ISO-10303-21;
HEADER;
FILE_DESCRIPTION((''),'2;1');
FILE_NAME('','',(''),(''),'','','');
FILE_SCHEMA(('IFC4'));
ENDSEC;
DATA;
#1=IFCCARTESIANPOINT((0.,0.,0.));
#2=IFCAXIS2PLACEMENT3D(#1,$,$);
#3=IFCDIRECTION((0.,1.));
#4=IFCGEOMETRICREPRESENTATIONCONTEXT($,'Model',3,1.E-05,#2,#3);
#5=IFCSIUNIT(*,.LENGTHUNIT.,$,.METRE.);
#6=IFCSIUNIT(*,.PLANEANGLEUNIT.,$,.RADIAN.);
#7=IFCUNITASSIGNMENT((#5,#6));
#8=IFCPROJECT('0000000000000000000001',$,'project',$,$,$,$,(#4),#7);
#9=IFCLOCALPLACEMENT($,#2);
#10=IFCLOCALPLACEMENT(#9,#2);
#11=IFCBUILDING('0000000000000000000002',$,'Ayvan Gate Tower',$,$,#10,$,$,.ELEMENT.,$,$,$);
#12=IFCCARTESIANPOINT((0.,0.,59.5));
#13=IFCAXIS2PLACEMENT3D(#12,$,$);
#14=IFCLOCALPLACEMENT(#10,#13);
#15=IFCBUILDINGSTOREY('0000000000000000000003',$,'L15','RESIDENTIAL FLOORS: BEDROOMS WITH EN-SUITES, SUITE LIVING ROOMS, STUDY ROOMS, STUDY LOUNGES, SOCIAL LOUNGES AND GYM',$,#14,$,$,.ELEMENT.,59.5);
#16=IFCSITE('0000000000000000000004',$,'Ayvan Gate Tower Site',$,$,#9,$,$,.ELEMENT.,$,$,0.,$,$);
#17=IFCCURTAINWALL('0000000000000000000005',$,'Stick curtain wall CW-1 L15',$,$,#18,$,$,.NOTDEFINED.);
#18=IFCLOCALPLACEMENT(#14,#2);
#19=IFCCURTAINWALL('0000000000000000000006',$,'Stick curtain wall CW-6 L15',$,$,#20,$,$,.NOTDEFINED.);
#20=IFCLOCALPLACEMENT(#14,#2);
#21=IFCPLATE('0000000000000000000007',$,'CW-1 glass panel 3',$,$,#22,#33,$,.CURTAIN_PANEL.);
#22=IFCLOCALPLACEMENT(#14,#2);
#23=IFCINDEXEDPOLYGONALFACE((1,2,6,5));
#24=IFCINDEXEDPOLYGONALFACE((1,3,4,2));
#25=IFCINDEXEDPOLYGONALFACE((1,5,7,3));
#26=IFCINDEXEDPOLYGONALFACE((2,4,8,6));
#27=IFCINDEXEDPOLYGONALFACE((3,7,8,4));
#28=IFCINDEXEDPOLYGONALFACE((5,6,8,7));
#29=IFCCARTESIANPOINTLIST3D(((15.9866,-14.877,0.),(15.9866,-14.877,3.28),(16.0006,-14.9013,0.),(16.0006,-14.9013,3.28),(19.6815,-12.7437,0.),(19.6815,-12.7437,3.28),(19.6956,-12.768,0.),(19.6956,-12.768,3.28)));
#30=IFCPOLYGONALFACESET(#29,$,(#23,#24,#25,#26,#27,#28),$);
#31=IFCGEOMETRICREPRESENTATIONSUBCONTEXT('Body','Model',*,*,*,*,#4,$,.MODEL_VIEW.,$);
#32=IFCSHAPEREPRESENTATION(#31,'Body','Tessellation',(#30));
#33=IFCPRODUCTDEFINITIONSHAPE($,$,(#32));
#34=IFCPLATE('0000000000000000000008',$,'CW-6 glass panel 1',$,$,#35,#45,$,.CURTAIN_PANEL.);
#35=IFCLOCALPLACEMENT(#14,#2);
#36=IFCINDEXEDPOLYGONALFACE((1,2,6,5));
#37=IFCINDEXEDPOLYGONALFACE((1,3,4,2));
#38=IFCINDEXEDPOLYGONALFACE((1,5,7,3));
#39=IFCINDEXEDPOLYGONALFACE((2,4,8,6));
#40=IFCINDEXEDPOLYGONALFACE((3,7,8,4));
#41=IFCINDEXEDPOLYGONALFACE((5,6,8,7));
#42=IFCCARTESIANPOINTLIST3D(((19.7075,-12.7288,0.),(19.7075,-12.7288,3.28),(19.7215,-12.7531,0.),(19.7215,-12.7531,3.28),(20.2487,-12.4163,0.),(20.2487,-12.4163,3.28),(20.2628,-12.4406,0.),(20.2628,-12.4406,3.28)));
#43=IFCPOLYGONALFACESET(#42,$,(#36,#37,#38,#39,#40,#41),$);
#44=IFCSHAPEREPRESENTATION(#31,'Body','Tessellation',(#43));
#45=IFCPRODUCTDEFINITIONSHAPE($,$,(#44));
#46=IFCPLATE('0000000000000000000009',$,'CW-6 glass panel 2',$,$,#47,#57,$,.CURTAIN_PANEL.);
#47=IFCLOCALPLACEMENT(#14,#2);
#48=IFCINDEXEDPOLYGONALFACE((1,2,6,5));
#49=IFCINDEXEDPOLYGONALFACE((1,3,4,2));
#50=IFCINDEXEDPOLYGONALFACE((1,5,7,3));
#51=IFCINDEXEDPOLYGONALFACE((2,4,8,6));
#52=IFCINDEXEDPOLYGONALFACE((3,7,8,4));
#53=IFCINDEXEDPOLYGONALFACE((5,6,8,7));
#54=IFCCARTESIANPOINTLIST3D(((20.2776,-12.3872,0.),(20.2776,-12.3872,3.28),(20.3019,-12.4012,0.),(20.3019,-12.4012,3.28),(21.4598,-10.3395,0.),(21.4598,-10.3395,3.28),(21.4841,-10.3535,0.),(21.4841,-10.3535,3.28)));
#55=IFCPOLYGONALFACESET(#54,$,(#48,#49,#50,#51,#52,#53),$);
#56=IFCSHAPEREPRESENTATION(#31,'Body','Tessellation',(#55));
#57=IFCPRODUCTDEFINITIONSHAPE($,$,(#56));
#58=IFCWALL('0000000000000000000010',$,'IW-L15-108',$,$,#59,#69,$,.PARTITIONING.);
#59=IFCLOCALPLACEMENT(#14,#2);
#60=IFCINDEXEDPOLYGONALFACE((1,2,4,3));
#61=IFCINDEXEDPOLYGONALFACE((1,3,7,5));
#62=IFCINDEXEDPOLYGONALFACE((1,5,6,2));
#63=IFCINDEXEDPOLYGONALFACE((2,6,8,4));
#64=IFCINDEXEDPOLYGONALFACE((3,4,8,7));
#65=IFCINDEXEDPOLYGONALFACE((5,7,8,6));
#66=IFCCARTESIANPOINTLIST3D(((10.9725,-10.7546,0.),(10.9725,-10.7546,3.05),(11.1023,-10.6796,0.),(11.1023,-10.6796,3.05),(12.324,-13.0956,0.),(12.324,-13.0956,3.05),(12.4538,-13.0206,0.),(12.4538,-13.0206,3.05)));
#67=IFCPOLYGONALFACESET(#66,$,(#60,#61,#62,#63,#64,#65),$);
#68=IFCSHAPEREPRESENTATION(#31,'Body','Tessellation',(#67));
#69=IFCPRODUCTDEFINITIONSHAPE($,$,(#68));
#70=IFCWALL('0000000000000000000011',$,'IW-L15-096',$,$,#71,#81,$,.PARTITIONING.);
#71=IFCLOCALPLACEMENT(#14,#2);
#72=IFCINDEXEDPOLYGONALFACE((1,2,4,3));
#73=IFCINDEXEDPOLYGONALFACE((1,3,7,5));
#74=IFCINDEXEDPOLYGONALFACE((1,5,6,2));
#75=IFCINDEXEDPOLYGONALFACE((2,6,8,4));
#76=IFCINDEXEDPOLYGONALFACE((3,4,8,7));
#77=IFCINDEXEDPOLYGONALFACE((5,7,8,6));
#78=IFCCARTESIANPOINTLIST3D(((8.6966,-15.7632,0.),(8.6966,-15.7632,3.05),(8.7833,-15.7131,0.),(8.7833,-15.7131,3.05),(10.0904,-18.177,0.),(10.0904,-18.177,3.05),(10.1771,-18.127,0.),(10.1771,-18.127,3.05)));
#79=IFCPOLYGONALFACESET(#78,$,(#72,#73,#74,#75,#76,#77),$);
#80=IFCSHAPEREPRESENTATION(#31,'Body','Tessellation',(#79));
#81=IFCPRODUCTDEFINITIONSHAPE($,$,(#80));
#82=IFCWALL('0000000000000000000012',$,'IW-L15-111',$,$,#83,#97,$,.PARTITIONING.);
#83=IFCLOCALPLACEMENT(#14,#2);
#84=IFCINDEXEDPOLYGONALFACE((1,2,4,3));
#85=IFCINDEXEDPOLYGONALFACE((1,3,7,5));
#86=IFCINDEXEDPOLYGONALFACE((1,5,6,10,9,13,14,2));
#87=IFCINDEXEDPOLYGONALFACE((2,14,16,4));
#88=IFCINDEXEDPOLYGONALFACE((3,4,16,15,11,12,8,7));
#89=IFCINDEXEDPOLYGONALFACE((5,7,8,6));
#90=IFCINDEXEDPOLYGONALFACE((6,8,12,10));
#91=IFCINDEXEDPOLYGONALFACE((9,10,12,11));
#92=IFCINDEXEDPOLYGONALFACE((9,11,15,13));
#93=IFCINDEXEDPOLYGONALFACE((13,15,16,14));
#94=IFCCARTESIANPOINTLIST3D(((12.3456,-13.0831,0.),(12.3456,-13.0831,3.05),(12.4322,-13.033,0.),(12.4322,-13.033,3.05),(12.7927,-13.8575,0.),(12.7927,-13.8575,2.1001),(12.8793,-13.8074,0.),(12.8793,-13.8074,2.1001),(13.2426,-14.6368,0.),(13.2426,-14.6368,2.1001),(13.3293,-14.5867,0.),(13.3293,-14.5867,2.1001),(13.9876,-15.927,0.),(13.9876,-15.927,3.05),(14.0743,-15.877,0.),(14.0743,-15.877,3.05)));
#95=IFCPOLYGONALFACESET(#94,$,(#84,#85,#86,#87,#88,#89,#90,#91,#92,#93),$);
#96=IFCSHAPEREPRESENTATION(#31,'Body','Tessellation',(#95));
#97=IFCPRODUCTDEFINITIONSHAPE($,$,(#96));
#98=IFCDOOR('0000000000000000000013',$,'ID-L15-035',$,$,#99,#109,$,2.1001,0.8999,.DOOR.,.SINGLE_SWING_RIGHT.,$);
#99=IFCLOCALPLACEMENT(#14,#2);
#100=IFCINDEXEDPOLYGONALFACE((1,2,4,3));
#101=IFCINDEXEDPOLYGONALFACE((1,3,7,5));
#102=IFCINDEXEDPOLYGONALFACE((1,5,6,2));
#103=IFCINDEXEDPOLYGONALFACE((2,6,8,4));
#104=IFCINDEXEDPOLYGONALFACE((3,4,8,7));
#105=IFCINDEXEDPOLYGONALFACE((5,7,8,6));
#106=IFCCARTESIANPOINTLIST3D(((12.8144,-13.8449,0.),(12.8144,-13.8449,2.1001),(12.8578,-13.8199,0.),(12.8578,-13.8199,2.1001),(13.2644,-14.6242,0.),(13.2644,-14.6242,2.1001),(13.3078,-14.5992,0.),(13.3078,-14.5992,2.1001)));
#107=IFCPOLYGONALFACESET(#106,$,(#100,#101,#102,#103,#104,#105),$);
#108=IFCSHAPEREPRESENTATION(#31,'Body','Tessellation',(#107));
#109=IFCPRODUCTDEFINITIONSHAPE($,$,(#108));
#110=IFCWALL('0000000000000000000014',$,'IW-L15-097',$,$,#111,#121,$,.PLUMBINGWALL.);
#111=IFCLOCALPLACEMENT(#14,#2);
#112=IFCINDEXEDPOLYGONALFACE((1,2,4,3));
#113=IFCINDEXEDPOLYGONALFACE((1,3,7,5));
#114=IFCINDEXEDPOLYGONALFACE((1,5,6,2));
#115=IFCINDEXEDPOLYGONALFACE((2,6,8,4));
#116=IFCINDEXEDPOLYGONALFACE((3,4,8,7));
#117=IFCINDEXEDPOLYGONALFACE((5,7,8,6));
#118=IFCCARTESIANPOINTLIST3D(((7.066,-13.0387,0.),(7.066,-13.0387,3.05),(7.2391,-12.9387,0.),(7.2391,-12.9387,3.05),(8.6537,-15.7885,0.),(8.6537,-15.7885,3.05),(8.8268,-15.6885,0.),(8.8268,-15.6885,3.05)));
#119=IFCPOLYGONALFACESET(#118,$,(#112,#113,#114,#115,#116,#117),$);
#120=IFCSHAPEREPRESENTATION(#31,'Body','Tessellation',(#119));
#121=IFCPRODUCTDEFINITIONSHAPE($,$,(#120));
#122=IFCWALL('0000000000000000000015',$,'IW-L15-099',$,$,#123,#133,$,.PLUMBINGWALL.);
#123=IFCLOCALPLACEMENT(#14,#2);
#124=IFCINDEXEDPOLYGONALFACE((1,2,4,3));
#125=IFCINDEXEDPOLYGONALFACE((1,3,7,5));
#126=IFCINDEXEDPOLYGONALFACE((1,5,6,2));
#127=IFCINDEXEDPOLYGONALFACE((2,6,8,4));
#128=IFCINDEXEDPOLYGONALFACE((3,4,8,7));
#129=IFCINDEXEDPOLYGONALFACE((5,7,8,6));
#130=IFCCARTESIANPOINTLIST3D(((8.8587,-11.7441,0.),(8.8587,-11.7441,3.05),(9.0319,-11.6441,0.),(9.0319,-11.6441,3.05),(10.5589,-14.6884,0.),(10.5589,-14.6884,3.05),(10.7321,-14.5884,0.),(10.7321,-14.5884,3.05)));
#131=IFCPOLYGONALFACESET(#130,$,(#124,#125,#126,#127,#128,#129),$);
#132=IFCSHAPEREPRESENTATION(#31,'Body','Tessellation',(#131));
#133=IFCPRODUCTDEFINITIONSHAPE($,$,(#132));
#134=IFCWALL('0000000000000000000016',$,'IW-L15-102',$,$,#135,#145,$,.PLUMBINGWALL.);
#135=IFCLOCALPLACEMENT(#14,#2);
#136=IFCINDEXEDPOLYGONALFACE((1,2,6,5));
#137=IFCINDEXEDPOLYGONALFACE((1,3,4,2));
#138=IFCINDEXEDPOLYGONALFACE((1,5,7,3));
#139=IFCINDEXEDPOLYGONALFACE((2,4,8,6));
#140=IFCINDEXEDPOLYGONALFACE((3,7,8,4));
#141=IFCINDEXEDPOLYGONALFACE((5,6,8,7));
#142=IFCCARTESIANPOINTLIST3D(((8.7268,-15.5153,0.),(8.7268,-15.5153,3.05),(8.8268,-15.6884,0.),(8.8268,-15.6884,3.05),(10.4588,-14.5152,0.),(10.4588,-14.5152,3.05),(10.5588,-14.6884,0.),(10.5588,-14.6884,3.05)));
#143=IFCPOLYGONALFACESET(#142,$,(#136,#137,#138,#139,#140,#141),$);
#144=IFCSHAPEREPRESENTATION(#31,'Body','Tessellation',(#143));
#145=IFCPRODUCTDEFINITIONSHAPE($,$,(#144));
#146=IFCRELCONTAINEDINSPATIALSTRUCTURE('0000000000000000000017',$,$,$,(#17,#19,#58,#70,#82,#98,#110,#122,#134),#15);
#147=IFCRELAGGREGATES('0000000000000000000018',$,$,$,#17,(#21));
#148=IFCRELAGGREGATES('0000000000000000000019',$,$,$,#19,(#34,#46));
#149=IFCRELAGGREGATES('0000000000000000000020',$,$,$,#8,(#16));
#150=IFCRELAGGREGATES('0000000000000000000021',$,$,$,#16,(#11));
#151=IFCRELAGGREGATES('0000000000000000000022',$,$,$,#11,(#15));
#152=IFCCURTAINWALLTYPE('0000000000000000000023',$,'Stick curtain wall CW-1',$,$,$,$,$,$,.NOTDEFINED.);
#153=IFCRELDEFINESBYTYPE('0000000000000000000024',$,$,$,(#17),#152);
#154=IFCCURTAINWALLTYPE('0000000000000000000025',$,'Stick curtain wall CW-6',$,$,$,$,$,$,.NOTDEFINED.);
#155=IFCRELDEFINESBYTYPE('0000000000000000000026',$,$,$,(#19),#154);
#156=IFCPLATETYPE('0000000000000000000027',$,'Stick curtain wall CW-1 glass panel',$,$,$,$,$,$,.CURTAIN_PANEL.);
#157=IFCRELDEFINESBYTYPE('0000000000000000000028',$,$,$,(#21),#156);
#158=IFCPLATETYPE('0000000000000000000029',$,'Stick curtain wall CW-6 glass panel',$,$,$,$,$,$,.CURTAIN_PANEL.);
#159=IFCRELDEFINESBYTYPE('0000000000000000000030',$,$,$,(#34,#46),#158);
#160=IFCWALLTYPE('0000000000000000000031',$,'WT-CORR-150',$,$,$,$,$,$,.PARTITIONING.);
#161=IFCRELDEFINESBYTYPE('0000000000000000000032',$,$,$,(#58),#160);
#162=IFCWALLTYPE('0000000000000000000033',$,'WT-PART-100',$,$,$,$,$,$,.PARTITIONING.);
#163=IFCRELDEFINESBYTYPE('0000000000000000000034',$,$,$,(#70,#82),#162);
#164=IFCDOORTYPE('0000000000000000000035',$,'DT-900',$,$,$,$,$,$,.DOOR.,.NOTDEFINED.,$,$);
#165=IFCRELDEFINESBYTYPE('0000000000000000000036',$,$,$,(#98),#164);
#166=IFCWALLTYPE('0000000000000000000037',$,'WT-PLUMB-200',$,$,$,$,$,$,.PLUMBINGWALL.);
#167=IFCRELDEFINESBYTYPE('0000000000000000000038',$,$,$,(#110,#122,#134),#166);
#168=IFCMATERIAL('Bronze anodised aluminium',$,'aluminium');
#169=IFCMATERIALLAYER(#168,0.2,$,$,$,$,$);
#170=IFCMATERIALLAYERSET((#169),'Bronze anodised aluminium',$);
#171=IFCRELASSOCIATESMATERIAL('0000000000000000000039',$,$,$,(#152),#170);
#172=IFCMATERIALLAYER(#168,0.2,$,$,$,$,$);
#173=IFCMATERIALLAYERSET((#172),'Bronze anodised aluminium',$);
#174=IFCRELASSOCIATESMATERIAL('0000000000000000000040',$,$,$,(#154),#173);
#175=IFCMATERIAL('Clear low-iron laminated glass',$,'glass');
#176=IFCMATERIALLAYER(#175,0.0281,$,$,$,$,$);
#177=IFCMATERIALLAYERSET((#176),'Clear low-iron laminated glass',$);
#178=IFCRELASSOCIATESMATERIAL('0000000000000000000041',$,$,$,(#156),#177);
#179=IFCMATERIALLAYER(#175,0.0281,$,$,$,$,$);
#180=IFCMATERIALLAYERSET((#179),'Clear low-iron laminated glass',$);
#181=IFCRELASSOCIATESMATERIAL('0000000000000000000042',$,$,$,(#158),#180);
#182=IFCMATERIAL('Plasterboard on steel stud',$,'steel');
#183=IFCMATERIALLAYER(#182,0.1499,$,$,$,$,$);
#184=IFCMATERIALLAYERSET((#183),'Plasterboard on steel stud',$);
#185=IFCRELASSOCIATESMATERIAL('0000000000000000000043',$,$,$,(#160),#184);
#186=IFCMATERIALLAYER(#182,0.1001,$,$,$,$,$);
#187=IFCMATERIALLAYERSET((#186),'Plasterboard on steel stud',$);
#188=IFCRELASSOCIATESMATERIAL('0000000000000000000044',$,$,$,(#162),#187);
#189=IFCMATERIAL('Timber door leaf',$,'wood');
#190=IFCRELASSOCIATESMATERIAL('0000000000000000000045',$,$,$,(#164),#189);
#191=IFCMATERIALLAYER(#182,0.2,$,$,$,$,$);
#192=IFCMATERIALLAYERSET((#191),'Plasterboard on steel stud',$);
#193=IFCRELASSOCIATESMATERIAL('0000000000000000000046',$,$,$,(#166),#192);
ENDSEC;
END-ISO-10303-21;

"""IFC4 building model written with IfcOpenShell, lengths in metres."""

from ifc_helpers import new_model, si_unit, direction, frame, frame_2d, origin, origin_2d, place, context, subcontext, project, spatial, rectangle, extrude, material, layer, layer_set, type_object, element, fill, aggregate, save


model = new_model("IFC4")

# Units and contexts
model_context = context("Model", 3, precision=1e-05, world=origin(), true_north=direction((0.0, 1.0)))
body_context = subcontext(model_context, "Body", "Model", "MODEL_VIEW")
ifc_project = project(units=[si_unit("LENGTHUNIT", "METRE"), si_unit("PLANEANGLEUNIT", "RADIAN")], contexts=[model_context])

# Site, building, storey
site_placement = place(None, origin())
site = spatial("IfcSite", under=ifc_project, at=site_placement, Name="Ayvan Gate Tower Site", CompositionType="ELEMENT", RefElevation=0.0)
building_placement = place(site_placement, origin())
building = spatial("IfcBuilding", under=site, at=building_placement, Name="Ayvan Gate Tower", CompositionType="ELEMENT")
storey_placement = place(building_placement, frame((0.0, 0.0, 59.5)))
storey = spatial("IfcBuildingStorey", under=building, at=storey_placement, Name="L15", Description="RESIDENTIAL FLOORS: BEDROOMS WITH EN-SUITES, SUITE LIVING ROOMS, STUDY ROOMS, STUDY LOUNGES, SOCIAL LOUNGES AND GYM", CompositionType="ELEMENT", Elevation=59.5)

# Curtain walls
ifc_material_1 = material(Name="Bronze anodised aluminium", Category="aluminium")
ifc_layer_1 = layer(ifc_material_1, 0.2)
ifc_layer_set_1 = layer_set([ifc_layer_1], Name="Bronze anodised aluminium")
curtain_wall_type_1 = type_object("IfcCurtainWallType", Name="Stick curtain wall CW-1", PredefinedType="NOTDEFINED", material=ifc_layer_set_1)
curtain_wall_1_placement = place(storey_placement, origin())
curtain_wall_1 = element("IfcCurtainWall", 1, at=curtain_wall_1_placement, inside=storey, type_object=curtain_wall_type_1, Name="Stick curtain wall CW-1 L15", PredefinedType="NOTDEFINED")
ifc_layer_2 = layer(ifc_material_1, 0.2)
ifc_layer_set_2 = layer_set([ifc_layer_2], Name="Bronze anodised aluminium")
curtain_wall_type_2 = type_object("IfcCurtainWallType", Name="Stick curtain wall CW-6", PredefinedType="NOTDEFINED", material=ifc_layer_set_2)
curtain_wall_2_placement = place(storey_placement, origin())
curtain_wall_2 = element("IfcCurtainWall", 2, at=curtain_wall_2_placement, inside=storey, type_object=curtain_wall_type_2, Name="Stick curtain wall CW-6 L15", PredefinedType="NOTDEFINED")

# Plates
ifc_material_2 = material(Name="Clear low-iron laminated glass", Category="glass")
ifc_layer_3 = layer(ifc_material_2, 0.0281)
ifc_layer_set_3 = layer_set([ifc_layer_3], Name="Clear low-iron laminated glass")
plate_type_1 = type_object("IfcPlateType", Name="Stick curtain wall CW-1 glass panel", PredefinedType="CURTAIN_PANEL", material=ifc_layer_set_3)
plate_1_placement = place(storey_placement, frame((17.8411, -13.8225, 0.0), z_axis=(0.0, 0.0, 1.0), x_axis=(0.866025, 0.5, 0.0)))
plate_1 = element("IfcPlate", 3, at=plate_1_placement, type_object=plate_type_1, Name="CW-1 glass panel 3", PredefinedType="CURTAIN_PANEL", context=body_context, shape_type="SweptSolid", body=[
    extrude(rectangle(XDim=4.2666, YDim=0.0281, at=origin_2d()), origin(), (0.0, 0.0, 1.0), 3.28),
])
aggregate(curtain_wall_1, [plate_1])
ifc_layer_4 = layer(ifc_material_2, 0.0281)
ifc_layer_set_4 = layer_set([ifc_layer_4], Name="Clear low-iron laminated glass")
plate_type_2 = type_object("IfcPlateType", Name="Stick curtain wall CW-6 glass panel", PredefinedType="CURTAIN_PANEL", material=ifc_layer_set_4)
plate_2_placement = place(storey_placement, frame((19.9851, -12.5847, 0.0), z_axis=(0.0, 0.0, 1.0), x_axis=(0.866025, 0.5, 0.0)))
plate_2 = element("IfcPlate", 4, at=plate_2_placement, type_object=plate_type_2, Name="CW-6 glass panel 1", PredefinedType="CURTAIN_PANEL", context=body_context, shape_type="SweptSolid", body=[
    extrude(rectangle(XDim=0.625, YDim=0.0281, at=origin_2d()), origin(), (0.0, 0.0, 1.0), 3.28),
])
plate_3_placement = place(storey_placement, frame((20.8809, -11.3704, 0.0), z_axis=(0.0, 0.0, 1.0), x_axis=(0.5, 0.866025, 0.0)))
plate_3 = element("IfcPlate", 5, at=plate_3_placement, type_object=plate_type_2, Name="CW-6 glass panel 2", PredefinedType="CURTAIN_PANEL", context=body_context, shape_type="SweptSolid", body=[
    extrude(rectangle(XDim=2.3645, YDim=0.0281, at=origin_2d()), origin(), (0.0, 0.0, 1.0), 3.28),
])
aggregate(curtain_wall_2, [plate_2, plate_3])

# Walls
ifc_material_3 = material(Name="Plasterboard on steel stud", Category="steel")
ifc_layer_5 = layer(ifc_material_3, 0.1499)
ifc_layer_set_5 = layer_set([ifc_layer_5], Name="Plasterboard on steel stud")
wall_type_1 = type_object("IfcWallType", Name="WT-CORR-150", PredefinedType="PARTITIONING", material=ifc_layer_set_5)
wall_1_placement = place(storey_placement, frame((12.3889, -13.0581, 0.0), z_axis=(0.0, 0.0, 1.0), x_axis=(-0.499986, 0.866034, 0.0)))
element("IfcWall", 6, at=wall_1_placement, inside=storey, type_object=wall_type_1, Name="IW-L15-108", PredefinedType="PARTITIONING", context=body_context, shape_type="SweptSolid", body=[
    extrude(rectangle(XDim=2.7031, YDim=0.1499, at=frame_2d((1.3516, 0.0))), origin(), (0.0, 0.0, 1.0), 3.05),
])
ifc_layer_6 = layer(ifc_material_3, 0.1001)
ifc_layer_set_6 = layer_set([ifc_layer_6], Name="Plasterboard on steel stud")
wall_type_2 = type_object("IfcWallType", Name="WT-PART-100", PredefinedType="PARTITIONING", material=ifc_layer_set_6)
wall_2_placement = place(storey_placement, frame((8.74, -15.7383, 0.0), z_axis=(0.0, 0.0, 1.0), x_axis=(0.500048, -0.865997, 0.0)))
element("IfcWall", 7, at=wall_2_placement, inside=storey, type_object=wall_type_2, Name="IW-L15-096", PredefinedType="PARTITIONING", context=body_context, shape_type="SweptSolid", body=[
    extrude(rectangle(XDim=2.7874, YDim=0.1001, at=frame_2d((1.3936, 0.0))), origin(), (0.0, 0.0, 1.0), 3.05),
])

# Wall, opening, door
wall_3_placement = place(storey_placement, frame((14.031, -15.9021, 0.0), z_axis=(0.0, 0.0, 1.0), x_axis=(-0.500025, 0.866011, 0.0)))
wall_3 = element("IfcWall", 8, at=wall_3_placement, inside=storey, type_object=wall_type_2, Name="IW-L15-111", PredefinedType="PARTITIONING", context=body_context, shape_type="SweptSolid", body=[
    extrude(rectangle(XDim=3.2839, YDim=0.1001, at=frame_2d((1.6421, 0.0))), origin(), (0.0, 0.0, 1.0), 3.05),
])
opening_placement = place(wall_3_placement, frame((1.49, 0.0, 0.0)))
opening = element("IfcOpeningElement", 9, at=opening_placement, cuts=wall_3, PredefinedType="OPENING", context=body_context, shape_type="SweptSolid", body=[
    extrude(rectangle(XDim=0.8999, YDim=2.1001, at=frame_2d((0.45, 1.05))), frame((0.0, 0.0601, 0.0), z_axis=(0.0, -1.0, 0.0), x_axis=(1.0, 0.0, 0.0)), (0.0, 0.0, 1.0), 0.1201),
])
ifc_material_4 = material(Name="Timber door leaf", Category="wood")
door_type = type_object("IfcDoorType", Name="DT-900", OperationType="NOTDEFINED", PredefinedType="DOOR", material=ifc_material_4)
door_placement = place(opening_placement, origin())
door = element("IfcDoor", 10, at=door_placement, inside=storey, type_object=door_type, Name="ID-L15-035", OperationType="SINGLE_SWING_RIGHT", OverallHeight=2.1001, OverallWidth=0.8999, PredefinedType="DOOR", context=body_context, shape_type="SweptSolid", body=[
    extrude(rectangle(XDim=0.8999, YDim=2.1001, at=frame_2d((0.45, 1.05))), frame((0.0, 0.0249, 0.0), z_axis=(0.0, -1.0, 0.0), x_axis=(1.0, 0.0, 0.0)), (0.0, 0.0, 1.0), 0.05),
])
fill(opening, door)

# Walls
ifc_layer_7 = layer(ifc_material_3, 0.2)
ifc_layer_set_7 = layer_set([ifc_layer_7], Name="Plasterboard on steel stud")
wall_type_3 = type_object("IfcWallType", Name="WT-PLUMB-200", PredefinedType="PLUMBINGWALL", material=ifc_layer_set_7)
wall_4_placement = place(storey_placement, frame((8.7402, -15.7385, 0.0), z_axis=(0.0, 0.0, 1.0), x_axis=(-0.500018, 0.866015, 0.0)))
element("IfcWall", 11, at=wall_4_placement, inside=storey, type_object=wall_type_3, Name="IW-L15-097", PredefinedType="PLUMBINGWALL", context=body_context, shape_type="SweptSolid", body=[
    extrude(rectangle(XDim=3.1753, YDim=0.2, at=frame_2d((1.5876, 0.0))), origin(), (0.0, 0.0, 1.0), 3.05),
])
wall_5_placement = place(storey_placement, frame((8.9453, -11.6941, 0.0), z_axis=(0.0, 0.0, 1.0), x_axis=(0.500062, -0.865989, 0.0)))
element("IfcWall", 12, at=wall_5_placement, inside=storey, type_object=wall_type_3, Name="IW-L15-099", PredefinedType="PLUMBINGWALL", context=body_context, shape_type="SweptSolid", body=[
    extrude(rectangle(XDim=3.3999, YDim=0.2, at=frame_2d((1.7, 0.0))), origin(), (0.0, 0.0, 1.0), 3.05),
])
wall_6_placement = place(storey_placement, frame((10.5088, -14.6018, 0.0), z_axis=(0.0, 0.0, 1.0), x_axis=(-0.866011, -0.500025, 0.0)))
element("IfcWall", 13, at=wall_6_placement, inside=storey, type_object=wall_type_3, Name="IW-L15-102", PredefinedType="PLUMBINGWALL", context=body_context, shape_type="SweptSolid", body=[
    extrude(rectangle(XDim=2.0, YDim=0.2, at=frame_2d((1.0, 0.0))), origin(), (0.0, 0.0, 1.0), 3.05),
])

save(model, "model.ifc")
